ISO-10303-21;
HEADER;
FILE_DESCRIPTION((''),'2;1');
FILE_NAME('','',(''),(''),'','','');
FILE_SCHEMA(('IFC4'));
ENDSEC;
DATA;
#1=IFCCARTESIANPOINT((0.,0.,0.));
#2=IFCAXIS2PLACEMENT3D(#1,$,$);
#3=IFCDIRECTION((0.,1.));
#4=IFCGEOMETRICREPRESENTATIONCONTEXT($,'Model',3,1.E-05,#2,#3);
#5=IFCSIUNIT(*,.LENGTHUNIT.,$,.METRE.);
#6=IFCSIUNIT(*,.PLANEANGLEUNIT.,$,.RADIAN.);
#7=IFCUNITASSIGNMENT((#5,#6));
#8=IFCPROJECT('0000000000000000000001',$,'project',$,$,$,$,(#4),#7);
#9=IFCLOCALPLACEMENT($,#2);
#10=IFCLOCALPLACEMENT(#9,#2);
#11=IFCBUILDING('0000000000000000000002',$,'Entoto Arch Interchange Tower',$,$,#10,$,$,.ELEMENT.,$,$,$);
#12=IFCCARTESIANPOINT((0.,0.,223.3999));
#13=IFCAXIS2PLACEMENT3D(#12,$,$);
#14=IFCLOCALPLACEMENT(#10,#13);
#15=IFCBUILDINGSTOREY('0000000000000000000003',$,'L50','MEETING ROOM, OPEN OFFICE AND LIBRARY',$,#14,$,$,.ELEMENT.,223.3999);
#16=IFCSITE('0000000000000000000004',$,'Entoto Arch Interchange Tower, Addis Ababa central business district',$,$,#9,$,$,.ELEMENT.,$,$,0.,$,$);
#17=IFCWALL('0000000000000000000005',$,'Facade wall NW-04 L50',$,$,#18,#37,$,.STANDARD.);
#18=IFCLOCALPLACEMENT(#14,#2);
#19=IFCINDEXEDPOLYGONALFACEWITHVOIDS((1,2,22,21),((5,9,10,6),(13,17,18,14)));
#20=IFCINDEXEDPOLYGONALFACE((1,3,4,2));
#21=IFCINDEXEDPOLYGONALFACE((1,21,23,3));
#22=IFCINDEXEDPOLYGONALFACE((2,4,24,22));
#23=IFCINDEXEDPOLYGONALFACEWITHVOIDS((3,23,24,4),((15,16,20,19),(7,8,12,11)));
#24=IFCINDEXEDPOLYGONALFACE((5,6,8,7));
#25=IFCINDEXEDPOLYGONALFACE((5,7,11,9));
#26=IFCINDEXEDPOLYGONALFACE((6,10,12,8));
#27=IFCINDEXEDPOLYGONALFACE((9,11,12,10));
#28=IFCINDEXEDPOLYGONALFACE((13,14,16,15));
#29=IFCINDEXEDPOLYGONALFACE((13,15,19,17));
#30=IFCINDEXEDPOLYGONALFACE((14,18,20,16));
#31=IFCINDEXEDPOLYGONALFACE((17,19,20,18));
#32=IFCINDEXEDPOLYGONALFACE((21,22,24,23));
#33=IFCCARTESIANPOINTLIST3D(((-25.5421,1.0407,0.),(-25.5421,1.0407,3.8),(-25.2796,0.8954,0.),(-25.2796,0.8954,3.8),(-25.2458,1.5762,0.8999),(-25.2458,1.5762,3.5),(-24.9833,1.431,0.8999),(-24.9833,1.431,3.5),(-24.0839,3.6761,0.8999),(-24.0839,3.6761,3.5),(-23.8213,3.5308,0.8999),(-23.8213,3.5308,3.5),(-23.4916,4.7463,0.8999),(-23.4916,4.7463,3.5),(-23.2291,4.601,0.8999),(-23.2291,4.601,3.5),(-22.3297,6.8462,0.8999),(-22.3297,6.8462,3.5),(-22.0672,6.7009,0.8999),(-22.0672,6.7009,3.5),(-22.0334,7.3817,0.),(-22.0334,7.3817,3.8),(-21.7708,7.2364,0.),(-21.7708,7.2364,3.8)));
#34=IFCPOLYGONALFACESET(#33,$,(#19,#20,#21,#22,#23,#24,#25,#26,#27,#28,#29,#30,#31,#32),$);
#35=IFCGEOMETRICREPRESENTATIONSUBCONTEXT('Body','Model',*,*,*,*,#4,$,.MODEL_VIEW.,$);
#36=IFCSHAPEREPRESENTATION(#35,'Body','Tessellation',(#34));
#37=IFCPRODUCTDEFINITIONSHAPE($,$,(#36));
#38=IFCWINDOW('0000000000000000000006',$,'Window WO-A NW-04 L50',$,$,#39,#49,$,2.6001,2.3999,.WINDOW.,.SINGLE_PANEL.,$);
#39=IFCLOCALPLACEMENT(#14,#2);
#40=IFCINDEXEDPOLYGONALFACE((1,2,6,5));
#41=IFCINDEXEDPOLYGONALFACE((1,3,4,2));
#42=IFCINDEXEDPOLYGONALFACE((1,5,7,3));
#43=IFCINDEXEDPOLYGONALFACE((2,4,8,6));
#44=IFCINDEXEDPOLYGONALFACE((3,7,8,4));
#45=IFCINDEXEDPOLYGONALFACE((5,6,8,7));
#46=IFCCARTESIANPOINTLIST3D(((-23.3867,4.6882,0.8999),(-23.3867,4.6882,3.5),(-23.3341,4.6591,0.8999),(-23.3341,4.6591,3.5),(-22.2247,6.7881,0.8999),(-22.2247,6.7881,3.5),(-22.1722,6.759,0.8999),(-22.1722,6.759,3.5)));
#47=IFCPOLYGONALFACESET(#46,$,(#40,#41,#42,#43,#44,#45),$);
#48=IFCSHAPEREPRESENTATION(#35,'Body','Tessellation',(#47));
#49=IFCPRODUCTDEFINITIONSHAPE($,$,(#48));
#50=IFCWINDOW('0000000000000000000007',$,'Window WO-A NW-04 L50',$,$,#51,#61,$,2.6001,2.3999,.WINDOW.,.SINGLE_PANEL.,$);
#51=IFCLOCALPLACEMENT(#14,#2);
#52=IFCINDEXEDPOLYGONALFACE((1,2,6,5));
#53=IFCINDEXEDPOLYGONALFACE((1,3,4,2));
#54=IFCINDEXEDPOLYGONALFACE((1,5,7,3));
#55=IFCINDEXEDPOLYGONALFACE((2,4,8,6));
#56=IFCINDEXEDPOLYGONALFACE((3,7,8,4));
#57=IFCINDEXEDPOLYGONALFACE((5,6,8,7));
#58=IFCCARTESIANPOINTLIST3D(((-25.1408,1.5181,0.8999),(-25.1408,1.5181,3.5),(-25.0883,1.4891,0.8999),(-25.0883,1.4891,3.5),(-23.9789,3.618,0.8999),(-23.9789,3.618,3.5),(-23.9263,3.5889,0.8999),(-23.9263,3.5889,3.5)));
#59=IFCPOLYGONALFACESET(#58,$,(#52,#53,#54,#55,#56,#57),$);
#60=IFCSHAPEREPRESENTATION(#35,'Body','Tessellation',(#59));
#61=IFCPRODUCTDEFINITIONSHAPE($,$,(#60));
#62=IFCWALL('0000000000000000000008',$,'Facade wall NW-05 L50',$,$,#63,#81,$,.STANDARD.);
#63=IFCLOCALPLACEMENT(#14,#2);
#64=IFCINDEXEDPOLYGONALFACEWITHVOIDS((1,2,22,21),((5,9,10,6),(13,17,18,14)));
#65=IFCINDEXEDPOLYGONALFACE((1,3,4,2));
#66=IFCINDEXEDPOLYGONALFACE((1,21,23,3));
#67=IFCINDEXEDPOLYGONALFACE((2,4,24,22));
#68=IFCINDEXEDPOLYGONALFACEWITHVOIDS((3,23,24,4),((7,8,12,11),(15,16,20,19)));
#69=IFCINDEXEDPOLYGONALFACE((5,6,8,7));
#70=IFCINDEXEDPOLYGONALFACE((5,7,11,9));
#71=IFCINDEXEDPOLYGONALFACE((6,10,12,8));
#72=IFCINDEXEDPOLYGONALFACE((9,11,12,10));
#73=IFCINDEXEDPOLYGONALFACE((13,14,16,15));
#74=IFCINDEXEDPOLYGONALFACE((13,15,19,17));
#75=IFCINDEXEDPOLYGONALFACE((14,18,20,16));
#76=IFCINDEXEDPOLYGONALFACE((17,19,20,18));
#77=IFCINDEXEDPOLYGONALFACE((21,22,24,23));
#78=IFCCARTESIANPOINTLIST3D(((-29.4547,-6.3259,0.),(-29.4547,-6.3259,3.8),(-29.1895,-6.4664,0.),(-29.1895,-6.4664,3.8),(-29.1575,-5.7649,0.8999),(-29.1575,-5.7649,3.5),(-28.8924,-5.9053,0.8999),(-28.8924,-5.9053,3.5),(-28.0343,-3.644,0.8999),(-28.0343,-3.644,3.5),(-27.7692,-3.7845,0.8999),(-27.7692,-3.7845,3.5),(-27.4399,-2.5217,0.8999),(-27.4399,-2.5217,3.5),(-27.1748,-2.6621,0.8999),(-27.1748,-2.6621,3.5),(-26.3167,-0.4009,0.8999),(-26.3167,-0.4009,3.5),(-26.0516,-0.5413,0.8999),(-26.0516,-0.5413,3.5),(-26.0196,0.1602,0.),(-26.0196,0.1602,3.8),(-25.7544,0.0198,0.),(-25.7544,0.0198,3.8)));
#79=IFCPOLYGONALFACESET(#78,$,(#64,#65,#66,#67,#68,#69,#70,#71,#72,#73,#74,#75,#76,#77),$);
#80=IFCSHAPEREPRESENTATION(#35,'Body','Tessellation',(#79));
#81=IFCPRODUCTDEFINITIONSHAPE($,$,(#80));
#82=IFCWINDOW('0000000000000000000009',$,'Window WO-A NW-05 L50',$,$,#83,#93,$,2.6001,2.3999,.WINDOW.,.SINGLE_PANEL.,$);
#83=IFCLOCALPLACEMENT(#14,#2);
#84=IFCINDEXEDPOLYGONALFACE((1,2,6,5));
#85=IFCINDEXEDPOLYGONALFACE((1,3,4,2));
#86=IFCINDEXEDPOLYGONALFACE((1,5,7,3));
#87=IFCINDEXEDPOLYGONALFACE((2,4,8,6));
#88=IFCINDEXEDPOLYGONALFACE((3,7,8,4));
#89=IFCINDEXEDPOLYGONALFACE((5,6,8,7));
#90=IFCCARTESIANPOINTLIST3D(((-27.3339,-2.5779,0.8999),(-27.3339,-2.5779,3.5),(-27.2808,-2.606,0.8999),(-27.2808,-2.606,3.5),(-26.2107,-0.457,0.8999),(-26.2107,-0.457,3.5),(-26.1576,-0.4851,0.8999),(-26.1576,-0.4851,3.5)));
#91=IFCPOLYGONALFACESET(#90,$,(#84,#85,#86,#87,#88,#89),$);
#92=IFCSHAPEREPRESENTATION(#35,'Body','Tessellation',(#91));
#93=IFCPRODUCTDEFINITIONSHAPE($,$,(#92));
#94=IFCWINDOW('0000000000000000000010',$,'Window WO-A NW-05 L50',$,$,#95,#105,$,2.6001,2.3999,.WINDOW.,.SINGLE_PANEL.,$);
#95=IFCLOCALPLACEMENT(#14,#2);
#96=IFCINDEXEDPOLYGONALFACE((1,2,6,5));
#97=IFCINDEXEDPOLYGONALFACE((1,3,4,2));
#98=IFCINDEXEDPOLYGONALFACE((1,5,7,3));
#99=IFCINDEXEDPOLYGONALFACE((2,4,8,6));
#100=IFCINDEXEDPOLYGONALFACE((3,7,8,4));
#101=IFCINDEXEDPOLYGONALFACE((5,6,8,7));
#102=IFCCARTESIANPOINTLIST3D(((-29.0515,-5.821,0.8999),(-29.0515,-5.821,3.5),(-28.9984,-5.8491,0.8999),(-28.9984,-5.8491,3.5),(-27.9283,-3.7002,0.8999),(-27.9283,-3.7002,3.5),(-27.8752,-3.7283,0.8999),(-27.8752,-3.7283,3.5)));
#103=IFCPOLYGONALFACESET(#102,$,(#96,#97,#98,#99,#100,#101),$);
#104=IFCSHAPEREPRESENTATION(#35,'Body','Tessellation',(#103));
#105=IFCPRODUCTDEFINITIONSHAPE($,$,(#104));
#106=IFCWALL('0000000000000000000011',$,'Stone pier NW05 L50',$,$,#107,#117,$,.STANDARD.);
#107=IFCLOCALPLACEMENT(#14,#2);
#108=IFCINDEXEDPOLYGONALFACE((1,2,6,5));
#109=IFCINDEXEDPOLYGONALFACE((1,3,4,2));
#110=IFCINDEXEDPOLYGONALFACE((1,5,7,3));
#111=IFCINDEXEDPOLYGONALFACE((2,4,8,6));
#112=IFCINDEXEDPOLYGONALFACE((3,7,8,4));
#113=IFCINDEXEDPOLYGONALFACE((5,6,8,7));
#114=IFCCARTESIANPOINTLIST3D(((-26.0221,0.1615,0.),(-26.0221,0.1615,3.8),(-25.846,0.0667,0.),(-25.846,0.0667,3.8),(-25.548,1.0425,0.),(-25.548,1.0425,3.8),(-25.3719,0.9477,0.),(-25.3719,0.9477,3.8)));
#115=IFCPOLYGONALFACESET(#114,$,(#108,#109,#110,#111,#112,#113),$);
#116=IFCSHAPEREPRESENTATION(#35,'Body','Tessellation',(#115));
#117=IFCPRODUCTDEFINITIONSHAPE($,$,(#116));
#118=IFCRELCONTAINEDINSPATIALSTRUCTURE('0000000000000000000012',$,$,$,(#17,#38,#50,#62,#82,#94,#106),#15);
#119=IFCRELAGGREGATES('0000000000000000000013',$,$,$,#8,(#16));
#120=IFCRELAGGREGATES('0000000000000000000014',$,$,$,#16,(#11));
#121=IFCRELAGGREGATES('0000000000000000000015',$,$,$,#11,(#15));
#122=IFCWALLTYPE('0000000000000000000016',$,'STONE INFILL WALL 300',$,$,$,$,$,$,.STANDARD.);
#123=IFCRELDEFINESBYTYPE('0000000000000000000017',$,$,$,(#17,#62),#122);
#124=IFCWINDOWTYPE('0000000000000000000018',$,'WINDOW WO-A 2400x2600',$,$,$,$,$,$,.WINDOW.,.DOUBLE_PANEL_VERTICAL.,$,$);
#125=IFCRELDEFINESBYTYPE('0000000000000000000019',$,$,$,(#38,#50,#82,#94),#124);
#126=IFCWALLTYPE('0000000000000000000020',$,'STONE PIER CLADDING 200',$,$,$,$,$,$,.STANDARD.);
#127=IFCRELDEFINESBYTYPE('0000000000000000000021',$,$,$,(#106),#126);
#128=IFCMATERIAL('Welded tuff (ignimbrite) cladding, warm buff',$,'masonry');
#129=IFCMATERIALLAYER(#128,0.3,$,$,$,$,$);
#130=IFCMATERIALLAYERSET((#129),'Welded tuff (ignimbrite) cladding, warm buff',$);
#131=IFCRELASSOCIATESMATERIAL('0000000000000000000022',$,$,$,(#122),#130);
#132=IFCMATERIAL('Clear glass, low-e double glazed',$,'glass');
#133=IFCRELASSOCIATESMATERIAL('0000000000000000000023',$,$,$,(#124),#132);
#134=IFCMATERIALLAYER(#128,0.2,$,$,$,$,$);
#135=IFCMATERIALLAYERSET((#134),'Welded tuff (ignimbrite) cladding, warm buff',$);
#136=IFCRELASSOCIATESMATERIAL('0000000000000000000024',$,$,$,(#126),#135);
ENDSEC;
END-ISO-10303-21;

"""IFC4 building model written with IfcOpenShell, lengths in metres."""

from ifc_helpers import new_model, si_unit, direction, frame, frame_2d, origin, place, context, subcontext, project, spatial, rectangle, extrude, material, layer, layer_set, type_object, element, fill, save


model = new_model("IFC4")

# Units and contexts
model_context = context("Model", 3, precision=1e-05, world=origin(), true_north=direction((0.0, 1.0)))
body_context = subcontext(model_context, "Body", "Model", "MODEL_VIEW")
ifc_project = project(units=[si_unit("LENGTHUNIT", "METRE"), si_unit("PLANEANGLEUNIT", "RADIAN")], contexts=[model_context])

# Site, building, storey
site_placement = place(None, origin())
site = spatial("IfcSite", under=ifc_project, at=site_placement, Name="Entoto Arch Interchange Tower, Addis Ababa central business district", CompositionType="ELEMENT", RefElevation=0.0)
building_placement = place(site_placement, origin())
building = spatial("IfcBuilding", under=site, at=building_placement, Name="Entoto Arch Interchange Tower", CompositionType="ELEMENT")
storey_placement = place(building_placement, frame((0.0, 0.0, 223.3999)))
storey = spatial("IfcBuildingStorey", under=building, at=storey_placement, Name="L50", Description="MEETING ROOM, OPEN OFFICE AND LIBRARY", CompositionType="ELEMENT", Elevation=223.3999)

# Walls, openings, windows
ifc_material_1 = material(Name="Welded tuff (ignimbrite) cladding, warm buff", Category="masonry")
ifc_layer_1 = layer(ifc_material_1, 0.3)
ifc_layer_set_1 = layer_set([ifc_layer_1], Name="Welded tuff (ignimbrite) cladding, warm buff")
wall_type_1 = type_object("IfcWallType", Name="STONE INFILL WALL 300", PredefinedType="STANDARD", material=ifc_layer_set_1)
wall_1_placement = place(storey_placement, frame((-21.9021, 7.3091, 0.0), z_axis=(0.0, 0.0, 1.0), x_axis=(-0.484163, -0.874978, 0.0)))
wall_1 = element("IfcWall", 1, at=wall_1_placement, inside=storey, type_object=wall_type_1, Name="Facade wall NW-04 L50", PredefinedType="STANDARD", context=body_context, shape_type="SweptSolid", body=[
    extrude(rectangle(XDim=7.2471, YDim=0.3, at=frame_2d((3.6235, 0.0))), origin(), (0.0, 0.0, 1.0), 3.8),
])
opening_1_placement = place(wall_1_placement, frame((0.6121, 0.0, 0.8999)))
opening_1 = element("IfcOpeningElement", 2, at=opening_1_placement, cuts=wall_1, PredefinedType="OPENING", context=body_context, shape_type="SweptSolid", body=[
    extrude(rectangle(XDim=2.3999, YDim=2.6001, at=frame_2d((1.2, 1.3))), frame((0.0, 0.1602, 0.0), z_axis=(0.0, -1.0, 0.0), x_axis=(1.0, 0.0, 0.0)), (0.0, 0.0, 1.0), 0.3201),
])
opening_2_placement = place(wall_1_placement, frame((4.2351, 0.0, 0.8999)))
opening_2 = element("IfcOpeningElement", 3, at=opening_2_placement, cuts=wall_1, PredefinedType="OPENING", context=body_context, shape_type="SweptSolid", body=[
    extrude(rectangle(XDim=2.3999, YDim=2.6001, at=frame_2d((1.2, 1.3))), frame((0.0, 0.1602, 0.0), z_axis=(0.0, -1.0, 0.0), x_axis=(1.0, 0.0, 0.0)), (0.0, 0.0, 1.0), 0.3201),
])
ifc_material_2 = material(Name="Clear glass, low-e double glazed", Category="glass")
window_type = type_object("IfcWindowType", Name="WINDOW WO-A 2400x2600", PartitioningType="DOUBLE_PANEL_VERTICAL", PredefinedType="WINDOW", material=ifc_material_2)
window_1_placement = place(opening_1_placement, origin())
window_1 = element("IfcWindow", 4, at=window_1_placement, inside=storey, type_object=window_type, Name="Window WO-A NW-04 L50", OverallHeight=2.6001, OverallWidth=2.3999, PartitioningType="SINGLE_PANEL", PredefinedType="WINDOW", context=body_context, shape_type="SweptSolid", body=[
    extrude(rectangle(XDim=2.3999, YDim=2.6001, at=frame_2d((1.2, 1.3))), frame((0.0, 0.03, 0.0), z_axis=(0.0, -1.0, 0.0), x_axis=(1.0, 0.0, 0.0)), (0.0, 0.0, 1.0), 0.0601),
])
fill(opening_1, window_1)
window_2_placement = place(opening_2_placement, origin())
window_2 = element("IfcWindow", 5, at=window_2_placement, inside=storey, type_object=window_type, Name="Window WO-A NW-04 L50", OverallHeight=2.6001, OverallWidth=2.3999, PartitioningType="SINGLE_PANEL", PredefinedType="WINDOW", context=body_context, shape_type="SweptSolid", body=[
    extrude(rectangle(XDim=2.3999, YDim=2.6001, at=frame_2d((1.2, 1.3))), frame((0.0, 0.03, 0.0), z_axis=(0.0, -1.0, 0.0), x_axis=(1.0, 0.0, 0.0)), (0.0, 0.0, 1.0), 0.0601),
])
fill(opening_2, window_2)
wall_2_placement = place(storey_placement, frame((-25.887, 0.0901, 0.0), z_axis=(0.0, 0.0, 1.0), x_axis=(-0.468021, -0.883718, 0.0)))
wall_2 = element("IfcWall", 6, at=wall_2_placement, inside=storey, type_object=wall_type_1, Name="Facade wall NW-05 L50", PredefinedType="STANDARD", context=body_context, shape_type="SweptSolid", body=[
    extrude(rectangle(XDim=7.3396, YDim=0.3, at=frame_2d((3.6699, 0.0))), origin(), (0.0, 0.0, 1.0), 3.8),
])
opening_3_placement = place(wall_2_placement, frame((0.635, 0.0, 0.8999)))
opening_3 = element("IfcOpeningElement", 7, at=opening_3_placement, cuts=wall_2, PredefinedType="OPENING", context=body_context, shape_type="SweptSolid", body=[
    extrude(rectangle(XDim=2.3999, YDim=2.6001, at=frame_2d((1.2, 1.3))), frame((0.0, 0.1602, 0.0), z_axis=(0.0, -1.0, 0.0), x_axis=(1.0, 0.0, 0.0)), (0.0, 0.0, 1.0), 0.3201),
])
opening_4_placement = place(wall_2_placement, frame((4.3049, 0.0, 0.8999)))
opening_4 = element("IfcOpeningElement", 8, at=opening_4_placement, cuts=wall_2, PredefinedType="OPENING", context=body_context, shape_type="SweptSolid", body=[
    extrude(rectangle(XDim=2.3999, YDim=2.6001, at=frame_2d((1.2, 1.3))), frame((0.0, 0.1602, 0.0), z_axis=(0.0, -1.0, 0.0), x_axis=(1.0, 0.0, 0.0)), (0.0, 0.0, 1.0), 0.3201),
])
window_3_placement = place(opening_3_placement, origin())
window_3 = element("IfcWindow", 9, at=window_3_placement, inside=storey, type_object=window_type, Name="Window WO-A NW-05 L50", OverallHeight=2.6001, OverallWidth=2.3999, PartitioningType="SINGLE_PANEL", PredefinedType="WINDOW", context=body_context, shape_type="SweptSolid", body=[
    extrude(rectangle(XDim=2.3999, YDim=2.6001, at=frame_2d((1.2, 1.3))), frame((0.0, 0.03, 0.0), z_axis=(0.0, -1.0, 0.0), x_axis=(1.0, 0.0, 0.0)), (0.0, 0.0, 1.0), 0.0601),
])
fill(opening_3, window_3)
window_4_placement = place(opening_4_placement, origin())
window_4 = element("IfcWindow", 10, at=window_4_placement, inside=storey, type_object=window_type, Name="Window WO-A NW-05 L50", OverallHeight=2.6001, OverallWidth=2.3999, PartitioningType="SINGLE_PANEL", PredefinedType="WINDOW", context=body_context, shape_type="SweptSolid", body=[
    extrude(rectangle(XDim=2.3999, YDim=2.6001, at=frame_2d((1.2, 1.3))), frame((0.0, 0.03, 0.0), z_axis=(0.0, -1.0, 0.0), x_axis=(1.0, 0.0, 0.0)), (0.0, 0.0, 1.0), 0.0601),
])
fill(opening_4, window_4)

# Wall
ifc_layer_2 = layer(ifc_material_1, 0.2)
ifc_layer_set_2 = layer_set([ifc_layer_2], Name="Welded tuff (ignimbrite) cladding, warm buff")
wall_type_2 = type_object("IfcWallType", Name="STONE PIER CLADDING 200", PredefinedType="STANDARD", material=ifc_layer_set_2)
wall_3_placement = place(storey_placement, frame((-25.46, 0.9951, 0.0), z_axis=(0.0, 0.0, 1.0), x_axis=(-0.473852, -0.880604, 0.0)))
element("IfcWall", 11, at=wall_3_placement, inside=storey, type_object=wall_type_2, Name="Stone pier NW05 L50", PredefinedType="STANDARD", context=body_context, shape_type="SweptSolid", body=[
    extrude(rectangle(XDim=1.0005, YDim=0.2, at=frame_2d((0.5002, 0.0))), origin(), (0.0, 0.0, 1.0), 3.8),
])

save(model, "model.ifc")
